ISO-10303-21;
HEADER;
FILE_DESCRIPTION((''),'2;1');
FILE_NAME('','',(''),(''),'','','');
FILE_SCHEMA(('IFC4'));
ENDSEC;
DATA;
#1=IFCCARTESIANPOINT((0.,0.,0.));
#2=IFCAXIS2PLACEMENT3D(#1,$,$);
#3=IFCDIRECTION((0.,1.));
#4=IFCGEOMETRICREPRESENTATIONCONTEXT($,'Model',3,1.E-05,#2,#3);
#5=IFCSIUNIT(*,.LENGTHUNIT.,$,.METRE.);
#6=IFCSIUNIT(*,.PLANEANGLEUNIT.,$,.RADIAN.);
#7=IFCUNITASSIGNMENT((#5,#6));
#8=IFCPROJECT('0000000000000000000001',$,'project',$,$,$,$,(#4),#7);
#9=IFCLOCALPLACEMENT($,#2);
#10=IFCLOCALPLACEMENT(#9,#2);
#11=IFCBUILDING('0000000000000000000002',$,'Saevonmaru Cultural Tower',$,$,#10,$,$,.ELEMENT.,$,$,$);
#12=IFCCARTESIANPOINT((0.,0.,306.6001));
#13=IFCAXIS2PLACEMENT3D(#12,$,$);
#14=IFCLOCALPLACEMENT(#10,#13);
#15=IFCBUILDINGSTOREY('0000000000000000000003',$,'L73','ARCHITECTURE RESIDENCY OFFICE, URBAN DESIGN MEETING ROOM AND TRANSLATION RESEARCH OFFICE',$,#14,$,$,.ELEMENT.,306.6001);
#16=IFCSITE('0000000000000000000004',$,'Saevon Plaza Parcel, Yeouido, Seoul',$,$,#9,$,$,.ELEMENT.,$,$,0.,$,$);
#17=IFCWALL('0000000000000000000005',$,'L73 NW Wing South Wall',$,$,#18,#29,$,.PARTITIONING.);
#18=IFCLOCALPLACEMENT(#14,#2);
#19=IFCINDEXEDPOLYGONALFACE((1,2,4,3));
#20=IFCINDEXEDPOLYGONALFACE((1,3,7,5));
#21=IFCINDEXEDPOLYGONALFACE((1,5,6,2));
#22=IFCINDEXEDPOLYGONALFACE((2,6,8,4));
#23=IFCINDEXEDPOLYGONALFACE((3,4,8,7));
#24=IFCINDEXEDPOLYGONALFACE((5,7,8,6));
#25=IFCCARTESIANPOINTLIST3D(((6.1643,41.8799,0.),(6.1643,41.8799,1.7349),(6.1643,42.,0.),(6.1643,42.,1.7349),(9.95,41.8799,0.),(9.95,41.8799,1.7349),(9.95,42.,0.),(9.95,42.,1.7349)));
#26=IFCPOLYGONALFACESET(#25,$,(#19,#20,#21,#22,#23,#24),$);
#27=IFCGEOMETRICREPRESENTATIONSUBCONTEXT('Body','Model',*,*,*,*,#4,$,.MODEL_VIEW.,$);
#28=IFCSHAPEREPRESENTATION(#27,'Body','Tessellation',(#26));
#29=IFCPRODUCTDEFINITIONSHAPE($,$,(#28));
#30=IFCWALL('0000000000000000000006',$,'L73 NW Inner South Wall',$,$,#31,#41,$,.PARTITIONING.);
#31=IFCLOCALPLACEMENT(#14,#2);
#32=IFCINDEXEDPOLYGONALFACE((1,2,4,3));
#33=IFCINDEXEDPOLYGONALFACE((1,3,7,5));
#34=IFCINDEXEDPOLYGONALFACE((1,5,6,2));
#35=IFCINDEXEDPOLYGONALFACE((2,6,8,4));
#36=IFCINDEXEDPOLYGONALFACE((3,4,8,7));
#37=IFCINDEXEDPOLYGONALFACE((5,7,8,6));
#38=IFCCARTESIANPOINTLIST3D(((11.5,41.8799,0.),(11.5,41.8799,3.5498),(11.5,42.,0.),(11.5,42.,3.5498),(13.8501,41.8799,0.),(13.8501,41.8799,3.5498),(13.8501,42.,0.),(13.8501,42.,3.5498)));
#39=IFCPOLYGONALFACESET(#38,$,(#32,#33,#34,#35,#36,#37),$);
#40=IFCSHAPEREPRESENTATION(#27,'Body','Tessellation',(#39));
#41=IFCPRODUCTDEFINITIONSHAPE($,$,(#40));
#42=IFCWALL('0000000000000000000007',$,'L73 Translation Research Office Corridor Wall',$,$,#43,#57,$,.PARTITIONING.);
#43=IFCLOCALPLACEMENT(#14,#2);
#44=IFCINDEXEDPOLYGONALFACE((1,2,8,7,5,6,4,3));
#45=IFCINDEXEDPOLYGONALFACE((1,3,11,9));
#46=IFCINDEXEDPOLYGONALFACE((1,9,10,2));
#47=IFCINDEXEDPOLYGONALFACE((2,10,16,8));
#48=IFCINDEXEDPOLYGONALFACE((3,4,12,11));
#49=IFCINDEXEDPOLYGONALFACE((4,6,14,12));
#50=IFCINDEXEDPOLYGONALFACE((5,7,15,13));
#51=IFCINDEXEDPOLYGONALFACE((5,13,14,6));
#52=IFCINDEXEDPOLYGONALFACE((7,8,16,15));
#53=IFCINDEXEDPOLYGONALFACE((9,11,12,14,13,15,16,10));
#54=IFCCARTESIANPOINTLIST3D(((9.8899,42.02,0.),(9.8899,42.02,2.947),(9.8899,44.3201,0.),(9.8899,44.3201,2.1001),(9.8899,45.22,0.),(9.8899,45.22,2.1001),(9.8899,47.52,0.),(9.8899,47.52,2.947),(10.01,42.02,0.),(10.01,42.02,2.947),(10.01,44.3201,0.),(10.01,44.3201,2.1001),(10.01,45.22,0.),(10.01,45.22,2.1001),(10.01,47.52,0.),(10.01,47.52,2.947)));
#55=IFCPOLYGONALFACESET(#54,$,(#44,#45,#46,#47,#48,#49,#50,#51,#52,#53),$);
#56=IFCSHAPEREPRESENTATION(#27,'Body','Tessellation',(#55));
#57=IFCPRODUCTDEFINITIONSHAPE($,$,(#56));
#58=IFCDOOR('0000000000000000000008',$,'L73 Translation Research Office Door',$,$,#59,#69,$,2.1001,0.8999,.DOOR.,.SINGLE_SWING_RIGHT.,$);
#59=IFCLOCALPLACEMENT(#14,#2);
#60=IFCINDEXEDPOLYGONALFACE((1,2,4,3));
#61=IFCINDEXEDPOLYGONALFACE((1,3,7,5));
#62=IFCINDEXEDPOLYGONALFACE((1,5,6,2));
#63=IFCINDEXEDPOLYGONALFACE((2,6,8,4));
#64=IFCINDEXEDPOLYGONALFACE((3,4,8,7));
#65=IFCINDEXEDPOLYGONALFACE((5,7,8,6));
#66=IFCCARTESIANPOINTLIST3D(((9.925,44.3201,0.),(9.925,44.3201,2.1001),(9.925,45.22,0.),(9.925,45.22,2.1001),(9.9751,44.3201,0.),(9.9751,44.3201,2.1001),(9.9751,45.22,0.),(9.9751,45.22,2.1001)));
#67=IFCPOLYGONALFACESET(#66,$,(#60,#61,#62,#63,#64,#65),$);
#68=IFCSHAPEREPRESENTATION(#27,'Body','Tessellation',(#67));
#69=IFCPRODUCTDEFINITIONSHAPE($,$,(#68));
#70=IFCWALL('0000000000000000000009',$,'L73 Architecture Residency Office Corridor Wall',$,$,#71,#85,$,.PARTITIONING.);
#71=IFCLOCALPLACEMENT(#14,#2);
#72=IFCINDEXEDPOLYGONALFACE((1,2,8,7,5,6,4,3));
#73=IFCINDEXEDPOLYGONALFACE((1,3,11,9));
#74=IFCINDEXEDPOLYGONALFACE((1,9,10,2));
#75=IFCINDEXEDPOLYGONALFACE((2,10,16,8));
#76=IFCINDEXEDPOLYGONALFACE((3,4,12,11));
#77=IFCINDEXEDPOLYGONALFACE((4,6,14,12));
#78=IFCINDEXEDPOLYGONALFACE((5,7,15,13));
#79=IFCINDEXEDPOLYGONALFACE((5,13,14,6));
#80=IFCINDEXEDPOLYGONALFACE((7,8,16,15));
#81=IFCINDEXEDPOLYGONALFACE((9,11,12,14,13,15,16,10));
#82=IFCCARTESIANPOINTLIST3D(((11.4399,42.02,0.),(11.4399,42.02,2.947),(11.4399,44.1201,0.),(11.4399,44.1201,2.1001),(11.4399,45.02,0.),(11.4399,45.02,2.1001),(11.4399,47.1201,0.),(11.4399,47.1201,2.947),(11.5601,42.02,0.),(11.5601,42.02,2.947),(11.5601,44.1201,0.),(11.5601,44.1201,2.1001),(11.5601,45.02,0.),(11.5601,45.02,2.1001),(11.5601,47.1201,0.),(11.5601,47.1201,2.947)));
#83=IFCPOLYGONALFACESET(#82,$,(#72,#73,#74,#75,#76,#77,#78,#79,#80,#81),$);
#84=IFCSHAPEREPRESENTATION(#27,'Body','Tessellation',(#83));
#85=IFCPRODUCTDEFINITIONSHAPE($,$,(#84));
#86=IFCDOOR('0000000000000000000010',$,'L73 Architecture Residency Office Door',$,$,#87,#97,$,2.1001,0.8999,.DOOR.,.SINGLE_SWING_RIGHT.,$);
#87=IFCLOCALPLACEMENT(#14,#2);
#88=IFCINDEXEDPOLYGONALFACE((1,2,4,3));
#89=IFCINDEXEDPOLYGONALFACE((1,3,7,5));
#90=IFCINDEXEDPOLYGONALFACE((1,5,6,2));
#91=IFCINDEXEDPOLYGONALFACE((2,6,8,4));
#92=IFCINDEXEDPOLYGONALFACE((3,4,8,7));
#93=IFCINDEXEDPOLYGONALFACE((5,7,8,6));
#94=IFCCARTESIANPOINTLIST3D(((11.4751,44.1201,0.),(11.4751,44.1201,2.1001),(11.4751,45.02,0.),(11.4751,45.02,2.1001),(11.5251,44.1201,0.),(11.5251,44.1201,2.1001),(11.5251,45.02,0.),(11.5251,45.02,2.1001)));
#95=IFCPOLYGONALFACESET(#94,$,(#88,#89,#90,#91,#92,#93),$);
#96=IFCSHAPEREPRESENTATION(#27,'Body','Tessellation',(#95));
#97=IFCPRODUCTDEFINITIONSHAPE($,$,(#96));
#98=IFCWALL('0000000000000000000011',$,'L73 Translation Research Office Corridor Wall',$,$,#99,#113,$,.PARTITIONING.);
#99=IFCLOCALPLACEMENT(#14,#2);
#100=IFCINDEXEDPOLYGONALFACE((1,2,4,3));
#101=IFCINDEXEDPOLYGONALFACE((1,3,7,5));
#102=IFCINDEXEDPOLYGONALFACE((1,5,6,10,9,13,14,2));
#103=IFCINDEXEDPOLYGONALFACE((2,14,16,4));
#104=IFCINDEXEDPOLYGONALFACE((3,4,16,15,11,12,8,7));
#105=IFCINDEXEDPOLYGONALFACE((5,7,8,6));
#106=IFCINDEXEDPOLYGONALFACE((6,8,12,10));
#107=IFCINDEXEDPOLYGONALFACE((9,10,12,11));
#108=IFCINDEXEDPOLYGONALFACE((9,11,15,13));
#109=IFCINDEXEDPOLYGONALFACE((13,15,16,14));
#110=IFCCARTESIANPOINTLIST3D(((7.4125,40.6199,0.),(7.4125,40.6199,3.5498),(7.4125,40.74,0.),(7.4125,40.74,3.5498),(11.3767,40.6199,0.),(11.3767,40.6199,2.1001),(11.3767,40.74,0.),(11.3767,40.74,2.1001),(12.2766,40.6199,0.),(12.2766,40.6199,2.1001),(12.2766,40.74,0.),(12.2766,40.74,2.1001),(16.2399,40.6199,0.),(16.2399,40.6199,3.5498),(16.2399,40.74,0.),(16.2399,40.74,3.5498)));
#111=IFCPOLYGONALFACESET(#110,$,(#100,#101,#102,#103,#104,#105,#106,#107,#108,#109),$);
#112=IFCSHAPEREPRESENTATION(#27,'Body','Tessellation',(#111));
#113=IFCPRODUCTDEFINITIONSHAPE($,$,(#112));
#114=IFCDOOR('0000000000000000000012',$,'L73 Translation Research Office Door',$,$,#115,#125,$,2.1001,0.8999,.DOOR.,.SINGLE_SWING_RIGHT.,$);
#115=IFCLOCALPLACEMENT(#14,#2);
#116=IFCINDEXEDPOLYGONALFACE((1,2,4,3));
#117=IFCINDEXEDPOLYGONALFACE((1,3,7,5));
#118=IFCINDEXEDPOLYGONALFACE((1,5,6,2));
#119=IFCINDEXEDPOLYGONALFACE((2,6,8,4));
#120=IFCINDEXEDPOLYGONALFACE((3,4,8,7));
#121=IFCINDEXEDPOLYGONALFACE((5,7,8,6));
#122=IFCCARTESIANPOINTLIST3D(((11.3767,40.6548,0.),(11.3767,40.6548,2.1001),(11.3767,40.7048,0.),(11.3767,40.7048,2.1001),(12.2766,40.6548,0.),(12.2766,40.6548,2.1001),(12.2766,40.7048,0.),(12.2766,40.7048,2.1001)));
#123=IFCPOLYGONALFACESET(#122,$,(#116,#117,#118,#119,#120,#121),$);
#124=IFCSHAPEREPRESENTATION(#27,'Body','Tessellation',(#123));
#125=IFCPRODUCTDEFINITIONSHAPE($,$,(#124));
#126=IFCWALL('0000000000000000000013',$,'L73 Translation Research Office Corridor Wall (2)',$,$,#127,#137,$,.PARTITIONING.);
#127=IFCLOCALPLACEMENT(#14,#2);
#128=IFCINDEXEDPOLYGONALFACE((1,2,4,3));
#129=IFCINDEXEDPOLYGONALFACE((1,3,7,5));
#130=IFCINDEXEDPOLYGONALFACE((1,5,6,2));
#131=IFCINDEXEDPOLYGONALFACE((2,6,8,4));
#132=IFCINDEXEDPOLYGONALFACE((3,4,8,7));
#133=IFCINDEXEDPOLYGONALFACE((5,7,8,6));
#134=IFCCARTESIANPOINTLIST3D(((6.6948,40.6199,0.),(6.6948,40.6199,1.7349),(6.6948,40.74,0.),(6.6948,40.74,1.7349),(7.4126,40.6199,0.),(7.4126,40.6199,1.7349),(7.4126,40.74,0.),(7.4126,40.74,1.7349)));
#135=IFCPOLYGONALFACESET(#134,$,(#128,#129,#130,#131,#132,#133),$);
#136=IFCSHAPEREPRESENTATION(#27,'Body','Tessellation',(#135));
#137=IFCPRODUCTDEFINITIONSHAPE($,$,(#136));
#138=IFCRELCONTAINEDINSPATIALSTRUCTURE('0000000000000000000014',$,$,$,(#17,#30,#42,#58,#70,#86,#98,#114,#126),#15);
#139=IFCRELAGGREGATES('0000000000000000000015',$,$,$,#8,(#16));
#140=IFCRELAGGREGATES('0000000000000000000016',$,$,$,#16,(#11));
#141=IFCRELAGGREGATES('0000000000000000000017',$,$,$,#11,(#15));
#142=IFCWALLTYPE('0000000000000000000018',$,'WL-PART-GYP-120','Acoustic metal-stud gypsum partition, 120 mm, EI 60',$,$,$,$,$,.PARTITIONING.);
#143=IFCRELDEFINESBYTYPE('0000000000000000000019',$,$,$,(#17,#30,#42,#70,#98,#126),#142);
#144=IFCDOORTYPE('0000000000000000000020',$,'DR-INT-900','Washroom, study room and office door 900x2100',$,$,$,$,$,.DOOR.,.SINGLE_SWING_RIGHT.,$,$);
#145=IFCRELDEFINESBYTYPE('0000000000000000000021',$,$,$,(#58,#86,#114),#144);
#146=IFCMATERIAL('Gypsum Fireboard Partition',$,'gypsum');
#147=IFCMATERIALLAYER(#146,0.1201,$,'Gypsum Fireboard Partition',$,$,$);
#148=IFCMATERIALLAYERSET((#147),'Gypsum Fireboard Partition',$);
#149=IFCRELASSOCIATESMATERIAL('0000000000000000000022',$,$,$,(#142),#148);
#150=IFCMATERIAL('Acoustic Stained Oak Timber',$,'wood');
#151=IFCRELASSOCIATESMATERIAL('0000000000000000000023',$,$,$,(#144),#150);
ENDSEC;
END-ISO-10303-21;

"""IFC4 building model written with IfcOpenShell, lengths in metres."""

from ifc_helpers import new_model, si_unit, direction, frame, frame_2d, origin, place, context, subcontext, project, spatial, rectangle, extrude, material, layer, layer_set, type_object, element, fill, save


model = new_model("IFC4")

# Units and contexts
model_context = context("Model", 3, precision=1e-05, world=origin(), true_north=direction((0.0, 1.0)))
body_context = subcontext(model_context, "Body", "Model", "MODEL_VIEW")
ifc_project = project(units=[si_unit("LENGTHUNIT", "METRE"), si_unit("PLANEANGLEUNIT", "RADIAN")], contexts=[model_context])

# Site, building, storey
site_placement = place(None, origin())
site = spatial("IfcSite", under=ifc_project, at=site_placement, Name="Saevon Plaza Parcel, Yeouido, Seoul", CompositionType="ELEMENT", RefElevation=0.0)
building_placement = place(site_placement, origin())
building = spatial("IfcBuilding", under=site, at=building_placement, Name="Saevonmaru Cultural Tower", CompositionType="ELEMENT")
storey_placement = place(building_placement, frame((0.0, 0.0, 306.6001)))
storey = spatial("IfcBuildingStorey", under=building, at=storey_placement, Name="L73", Description="ARCHITECTURE RESIDENCY OFFICE, URBAN DESIGN MEETING ROOM AND TRANSLATION RESEARCH OFFICE", CompositionType="ELEMENT", Elevation=306.6001)

# Walls
ifc_material_1 = material(Name="Gypsum Fireboard Partition", Category="gypsum")
ifc_layer_1 = layer(ifc_material_1, 0.1201, Name="Gypsum Fireboard Partition")
ifc_layer_set_1 = layer_set([ifc_layer_1], Name="Gypsum Fireboard Partition")
wall_type = type_object("IfcWallType", Name="WL-PART-GYP-120", Description="Acoustic metal-stud gypsum partition, 120 mm, EI 60", PredefinedType="PARTITIONING", material=ifc_layer_set_1)
wall_1_placement = place(storey_placement, frame((6.1643, 41.9399, 0.0), z_axis=(0.0, 0.0, 1.0), x_axis=(1.0, 0.0, 0.0)))
element("IfcWall", 1, at=wall_1_placement, inside=storey, type_object=wall_type, Name="L73 NW Wing South Wall", PredefinedType="PARTITIONING", context=body_context, shape_type="SweptSolid", body=[
    extrude(rectangle(XDim=3.7856, YDim=0.1201, at=frame_2d((1.8928, 0.0))), origin(), (0.0, 0.0, 1.0), 1.7349),
])
wall_2_placement = place(storey_placement, frame((11.5, 41.9399, 0.0), z_axis=(0.0, 0.0, 1.0), x_axis=(1.0, 0.0, 0.0)))
element("IfcWall", 2, at=wall_2_placement, inside=storey, type_object=wall_type, Name="L73 NW Inner South Wall", PredefinedType="PARTITIONING", context=body_context, shape_type="SweptSolid", body=[
    extrude(rectangle(XDim=2.3501, YDim=0.1201, at=frame_2d((1.175, 0.0))), origin(), (0.0, 0.0, 1.0), 3.5498),
])

# Walls, openings, doors
wall_3_placement = place(storey_placement, frame((9.95, 42.02, 0.0), z_axis=(0.0, 0.0, 1.0), x_axis=(0.0, 1.0, 0.0)))
wall_3 = element("IfcWall", 3, at=wall_3_placement, inside=storey, type_object=wall_type, Name="L73 Translation Research Office Corridor Wall", PredefinedType="PARTITIONING", context=body_context, shape_type="SweptSolid", body=[
    extrude(rectangle(XDim=5.5, YDim=0.1201, at=frame_2d((2.75, 0.0))), origin(), (0.0, 0.0, 1.0), 2.947),
])
opening_1_placement = place(wall_3_placement, frame((2.3, 0.0, 0.0)))
opening_1 = element("IfcOpeningElement", 4, at=opening_1_placement, cuts=wall_3, PredefinedType="OPENING", context=body_context, shape_type="SweptSolid", body=[
    extrude(rectangle(XDim=0.8999, YDim=2.1001, at=frame_2d((0.45, 1.05))), frame((0.0, 0.0701, 0.0), z_axis=(0.0, -1.0, 0.0), x_axis=(1.0, 0.0, 0.0)), (0.0, 0.0, 1.0), 0.1401),
])
ifc_material_2 = material(Name="Acoustic Stained Oak Timber", Category="wood")
door_type = type_object("IfcDoorType", Name="DR-INT-900", Description="Washroom, study room and office door 900x2100", OperationType="SINGLE_SWING_RIGHT", PredefinedType="DOOR", material=ifc_material_2)
door_1_placement = place(opening_1_placement, origin())
door_1 = element("IfcDoor", 5, at=door_1_placement, inside=storey, type_object=door_type, Name="L73 Translation Research Office Door", OperationType="SINGLE_SWING_RIGHT", OverallHeight=2.1001, OverallWidth=0.8999, PredefinedType="DOOR", context=body_context, shape_type="SweptSolid", body=[
    extrude(rectangle(XDim=0.8999, YDim=2.1001, at=frame_2d((0.45, 1.05))), frame((0.0, 0.0249, 0.0), z_axis=(0.0, -1.0, 0.0), x_axis=(1.0, 0.0, 0.0)), (0.0, 0.0, 1.0), 0.05),
])
fill(opening_1, door_1)
wall_4_placement = place(storey_placement, frame((11.5, 42.02, 0.0), z_axis=(0.0, 0.0, 1.0), x_axis=(0.0, 1.0, 0.0)))
wall_4 = element("IfcWall", 6, at=wall_4_placement, inside=storey, type_object=wall_type, Name="L73 Architecture Residency Office Corridor Wall", PredefinedType="PARTITIONING", context=body_context, shape_type="SweptSolid", body=[
    extrude(rectangle(XDim=5.1001, YDim=0.1201, at=frame_2d((2.55, 0.0))), origin(), (0.0, 0.0, 1.0), 2.947),
])
opening_2_placement = place(wall_4_placement, frame((2.1001, 0.0, 0.0)))
opening_2 = element("IfcOpeningElement", 7, at=opening_2_placement, cuts=wall_4, PredefinedType="OPENING", context=body_context, shape_type="SweptSolid", body=[
    extrude(rectangle(XDim=0.8999, YDim=2.1001, at=frame_2d((0.45, 1.05))), frame((0.0, 0.0701, 0.0), z_axis=(0.0, -1.0, 0.0), x_axis=(1.0, 0.0, 0.0)), (0.0, 0.0, 1.0), 0.1401),
])
door_2_placement = place(opening_2_placement, origin())
door_2 = element("IfcDoor", 8, at=door_2_placement, inside=storey, type_object=door_type, Name="L73 Architecture Residency Office Door", OperationType="SINGLE_SWING_RIGHT", OverallHeight=2.1001, OverallWidth=0.8999, PredefinedType="DOOR", context=body_context, shape_type="SweptSolid", body=[
    extrude(rectangle(XDim=0.8999, YDim=2.1001, at=frame_2d((0.45, 1.05))), frame((0.0, 0.0249, 0.0), z_axis=(0.0, -1.0, 0.0), x_axis=(1.0, 0.0, 0.0)), (0.0, 0.0, 1.0), 0.05),
])
fill(opening_2, door_2)
wall_5_placement = place(storey_placement, frame((7.4126, 40.6799, 0.0), z_axis=(0.0, 0.0, 1.0), x_axis=(1.0, 0.0, 0.0)))
wall_5 = element("IfcWall", 9, at=wall_5_placement, inside=storey, type_object=wall_type, Name="L73 Translation Research Office Corridor Wall", PredefinedType="PARTITIONING", context=body_context, shape_type="SweptSolid", body=[
    extrude(rectangle(XDim=8.8274, YDim=0.1201, at=frame_2d((4.4136, 0.0))), origin(), (0.0, 0.0, 1.0), 3.5498),
])
opening_3_placement = place(wall_5_placement, frame((3.9641, 0.0, 0.0)))
opening_3 = element("IfcOpeningElement", 10, at=opening_3_placement, cuts=wall_5, PredefinedType="OPENING", context=body_context, shape_type="SweptSolid", body=[
    extrude(rectangle(XDim=0.8999, YDim=2.1001, at=frame_2d((0.45, 1.05))), frame((0.0, 0.0701, 0.0), z_axis=(0.0, -1.0, 0.0), x_axis=(1.0, 0.0, 0.0)), (0.0, 0.0, 1.0), 0.1401),
])
door_3_placement = place(opening_3_placement, origin())
door_3 = element("IfcDoor", 11, at=door_3_placement, inside=storey, type_object=door_type, Name="L73 Translation Research Office Door", OperationType="SINGLE_SWING_RIGHT", OverallHeight=2.1001, OverallWidth=0.8999, PredefinedType="DOOR", context=body_context, shape_type="SweptSolid", body=[
    extrude(rectangle(XDim=0.8999, YDim=2.1001, at=frame_2d((0.45, 1.05))), frame((0.0, 0.0249, 0.0), z_axis=(0.0, -1.0, 0.0), x_axis=(1.0, 0.0, 0.0)), (0.0, 0.0, 1.0), 0.05),
])
fill(opening_3, door_3)

# Wall
wall_6_placement = place(storey_placement, frame((6.6948, 40.6799, 0.0), z_axis=(0.0, 0.0, 1.0), x_axis=(1.0, 0.0, 0.0)))
element("IfcWall", 12, at=wall_6_placement, inside=storey, type_object=wall_type, Name="L73 Translation Research Office Corridor Wall (2)", PredefinedType="PARTITIONING", context=body_context, shape_type="SweptSolid", body=[
    extrude(rectangle(XDim=0.7178, YDim=0.1201, at=frame_2d((0.3589, 0.0))), origin(), (0.0, 0.0, 1.0), 1.7349),
])

save(model, "model.ifc")
